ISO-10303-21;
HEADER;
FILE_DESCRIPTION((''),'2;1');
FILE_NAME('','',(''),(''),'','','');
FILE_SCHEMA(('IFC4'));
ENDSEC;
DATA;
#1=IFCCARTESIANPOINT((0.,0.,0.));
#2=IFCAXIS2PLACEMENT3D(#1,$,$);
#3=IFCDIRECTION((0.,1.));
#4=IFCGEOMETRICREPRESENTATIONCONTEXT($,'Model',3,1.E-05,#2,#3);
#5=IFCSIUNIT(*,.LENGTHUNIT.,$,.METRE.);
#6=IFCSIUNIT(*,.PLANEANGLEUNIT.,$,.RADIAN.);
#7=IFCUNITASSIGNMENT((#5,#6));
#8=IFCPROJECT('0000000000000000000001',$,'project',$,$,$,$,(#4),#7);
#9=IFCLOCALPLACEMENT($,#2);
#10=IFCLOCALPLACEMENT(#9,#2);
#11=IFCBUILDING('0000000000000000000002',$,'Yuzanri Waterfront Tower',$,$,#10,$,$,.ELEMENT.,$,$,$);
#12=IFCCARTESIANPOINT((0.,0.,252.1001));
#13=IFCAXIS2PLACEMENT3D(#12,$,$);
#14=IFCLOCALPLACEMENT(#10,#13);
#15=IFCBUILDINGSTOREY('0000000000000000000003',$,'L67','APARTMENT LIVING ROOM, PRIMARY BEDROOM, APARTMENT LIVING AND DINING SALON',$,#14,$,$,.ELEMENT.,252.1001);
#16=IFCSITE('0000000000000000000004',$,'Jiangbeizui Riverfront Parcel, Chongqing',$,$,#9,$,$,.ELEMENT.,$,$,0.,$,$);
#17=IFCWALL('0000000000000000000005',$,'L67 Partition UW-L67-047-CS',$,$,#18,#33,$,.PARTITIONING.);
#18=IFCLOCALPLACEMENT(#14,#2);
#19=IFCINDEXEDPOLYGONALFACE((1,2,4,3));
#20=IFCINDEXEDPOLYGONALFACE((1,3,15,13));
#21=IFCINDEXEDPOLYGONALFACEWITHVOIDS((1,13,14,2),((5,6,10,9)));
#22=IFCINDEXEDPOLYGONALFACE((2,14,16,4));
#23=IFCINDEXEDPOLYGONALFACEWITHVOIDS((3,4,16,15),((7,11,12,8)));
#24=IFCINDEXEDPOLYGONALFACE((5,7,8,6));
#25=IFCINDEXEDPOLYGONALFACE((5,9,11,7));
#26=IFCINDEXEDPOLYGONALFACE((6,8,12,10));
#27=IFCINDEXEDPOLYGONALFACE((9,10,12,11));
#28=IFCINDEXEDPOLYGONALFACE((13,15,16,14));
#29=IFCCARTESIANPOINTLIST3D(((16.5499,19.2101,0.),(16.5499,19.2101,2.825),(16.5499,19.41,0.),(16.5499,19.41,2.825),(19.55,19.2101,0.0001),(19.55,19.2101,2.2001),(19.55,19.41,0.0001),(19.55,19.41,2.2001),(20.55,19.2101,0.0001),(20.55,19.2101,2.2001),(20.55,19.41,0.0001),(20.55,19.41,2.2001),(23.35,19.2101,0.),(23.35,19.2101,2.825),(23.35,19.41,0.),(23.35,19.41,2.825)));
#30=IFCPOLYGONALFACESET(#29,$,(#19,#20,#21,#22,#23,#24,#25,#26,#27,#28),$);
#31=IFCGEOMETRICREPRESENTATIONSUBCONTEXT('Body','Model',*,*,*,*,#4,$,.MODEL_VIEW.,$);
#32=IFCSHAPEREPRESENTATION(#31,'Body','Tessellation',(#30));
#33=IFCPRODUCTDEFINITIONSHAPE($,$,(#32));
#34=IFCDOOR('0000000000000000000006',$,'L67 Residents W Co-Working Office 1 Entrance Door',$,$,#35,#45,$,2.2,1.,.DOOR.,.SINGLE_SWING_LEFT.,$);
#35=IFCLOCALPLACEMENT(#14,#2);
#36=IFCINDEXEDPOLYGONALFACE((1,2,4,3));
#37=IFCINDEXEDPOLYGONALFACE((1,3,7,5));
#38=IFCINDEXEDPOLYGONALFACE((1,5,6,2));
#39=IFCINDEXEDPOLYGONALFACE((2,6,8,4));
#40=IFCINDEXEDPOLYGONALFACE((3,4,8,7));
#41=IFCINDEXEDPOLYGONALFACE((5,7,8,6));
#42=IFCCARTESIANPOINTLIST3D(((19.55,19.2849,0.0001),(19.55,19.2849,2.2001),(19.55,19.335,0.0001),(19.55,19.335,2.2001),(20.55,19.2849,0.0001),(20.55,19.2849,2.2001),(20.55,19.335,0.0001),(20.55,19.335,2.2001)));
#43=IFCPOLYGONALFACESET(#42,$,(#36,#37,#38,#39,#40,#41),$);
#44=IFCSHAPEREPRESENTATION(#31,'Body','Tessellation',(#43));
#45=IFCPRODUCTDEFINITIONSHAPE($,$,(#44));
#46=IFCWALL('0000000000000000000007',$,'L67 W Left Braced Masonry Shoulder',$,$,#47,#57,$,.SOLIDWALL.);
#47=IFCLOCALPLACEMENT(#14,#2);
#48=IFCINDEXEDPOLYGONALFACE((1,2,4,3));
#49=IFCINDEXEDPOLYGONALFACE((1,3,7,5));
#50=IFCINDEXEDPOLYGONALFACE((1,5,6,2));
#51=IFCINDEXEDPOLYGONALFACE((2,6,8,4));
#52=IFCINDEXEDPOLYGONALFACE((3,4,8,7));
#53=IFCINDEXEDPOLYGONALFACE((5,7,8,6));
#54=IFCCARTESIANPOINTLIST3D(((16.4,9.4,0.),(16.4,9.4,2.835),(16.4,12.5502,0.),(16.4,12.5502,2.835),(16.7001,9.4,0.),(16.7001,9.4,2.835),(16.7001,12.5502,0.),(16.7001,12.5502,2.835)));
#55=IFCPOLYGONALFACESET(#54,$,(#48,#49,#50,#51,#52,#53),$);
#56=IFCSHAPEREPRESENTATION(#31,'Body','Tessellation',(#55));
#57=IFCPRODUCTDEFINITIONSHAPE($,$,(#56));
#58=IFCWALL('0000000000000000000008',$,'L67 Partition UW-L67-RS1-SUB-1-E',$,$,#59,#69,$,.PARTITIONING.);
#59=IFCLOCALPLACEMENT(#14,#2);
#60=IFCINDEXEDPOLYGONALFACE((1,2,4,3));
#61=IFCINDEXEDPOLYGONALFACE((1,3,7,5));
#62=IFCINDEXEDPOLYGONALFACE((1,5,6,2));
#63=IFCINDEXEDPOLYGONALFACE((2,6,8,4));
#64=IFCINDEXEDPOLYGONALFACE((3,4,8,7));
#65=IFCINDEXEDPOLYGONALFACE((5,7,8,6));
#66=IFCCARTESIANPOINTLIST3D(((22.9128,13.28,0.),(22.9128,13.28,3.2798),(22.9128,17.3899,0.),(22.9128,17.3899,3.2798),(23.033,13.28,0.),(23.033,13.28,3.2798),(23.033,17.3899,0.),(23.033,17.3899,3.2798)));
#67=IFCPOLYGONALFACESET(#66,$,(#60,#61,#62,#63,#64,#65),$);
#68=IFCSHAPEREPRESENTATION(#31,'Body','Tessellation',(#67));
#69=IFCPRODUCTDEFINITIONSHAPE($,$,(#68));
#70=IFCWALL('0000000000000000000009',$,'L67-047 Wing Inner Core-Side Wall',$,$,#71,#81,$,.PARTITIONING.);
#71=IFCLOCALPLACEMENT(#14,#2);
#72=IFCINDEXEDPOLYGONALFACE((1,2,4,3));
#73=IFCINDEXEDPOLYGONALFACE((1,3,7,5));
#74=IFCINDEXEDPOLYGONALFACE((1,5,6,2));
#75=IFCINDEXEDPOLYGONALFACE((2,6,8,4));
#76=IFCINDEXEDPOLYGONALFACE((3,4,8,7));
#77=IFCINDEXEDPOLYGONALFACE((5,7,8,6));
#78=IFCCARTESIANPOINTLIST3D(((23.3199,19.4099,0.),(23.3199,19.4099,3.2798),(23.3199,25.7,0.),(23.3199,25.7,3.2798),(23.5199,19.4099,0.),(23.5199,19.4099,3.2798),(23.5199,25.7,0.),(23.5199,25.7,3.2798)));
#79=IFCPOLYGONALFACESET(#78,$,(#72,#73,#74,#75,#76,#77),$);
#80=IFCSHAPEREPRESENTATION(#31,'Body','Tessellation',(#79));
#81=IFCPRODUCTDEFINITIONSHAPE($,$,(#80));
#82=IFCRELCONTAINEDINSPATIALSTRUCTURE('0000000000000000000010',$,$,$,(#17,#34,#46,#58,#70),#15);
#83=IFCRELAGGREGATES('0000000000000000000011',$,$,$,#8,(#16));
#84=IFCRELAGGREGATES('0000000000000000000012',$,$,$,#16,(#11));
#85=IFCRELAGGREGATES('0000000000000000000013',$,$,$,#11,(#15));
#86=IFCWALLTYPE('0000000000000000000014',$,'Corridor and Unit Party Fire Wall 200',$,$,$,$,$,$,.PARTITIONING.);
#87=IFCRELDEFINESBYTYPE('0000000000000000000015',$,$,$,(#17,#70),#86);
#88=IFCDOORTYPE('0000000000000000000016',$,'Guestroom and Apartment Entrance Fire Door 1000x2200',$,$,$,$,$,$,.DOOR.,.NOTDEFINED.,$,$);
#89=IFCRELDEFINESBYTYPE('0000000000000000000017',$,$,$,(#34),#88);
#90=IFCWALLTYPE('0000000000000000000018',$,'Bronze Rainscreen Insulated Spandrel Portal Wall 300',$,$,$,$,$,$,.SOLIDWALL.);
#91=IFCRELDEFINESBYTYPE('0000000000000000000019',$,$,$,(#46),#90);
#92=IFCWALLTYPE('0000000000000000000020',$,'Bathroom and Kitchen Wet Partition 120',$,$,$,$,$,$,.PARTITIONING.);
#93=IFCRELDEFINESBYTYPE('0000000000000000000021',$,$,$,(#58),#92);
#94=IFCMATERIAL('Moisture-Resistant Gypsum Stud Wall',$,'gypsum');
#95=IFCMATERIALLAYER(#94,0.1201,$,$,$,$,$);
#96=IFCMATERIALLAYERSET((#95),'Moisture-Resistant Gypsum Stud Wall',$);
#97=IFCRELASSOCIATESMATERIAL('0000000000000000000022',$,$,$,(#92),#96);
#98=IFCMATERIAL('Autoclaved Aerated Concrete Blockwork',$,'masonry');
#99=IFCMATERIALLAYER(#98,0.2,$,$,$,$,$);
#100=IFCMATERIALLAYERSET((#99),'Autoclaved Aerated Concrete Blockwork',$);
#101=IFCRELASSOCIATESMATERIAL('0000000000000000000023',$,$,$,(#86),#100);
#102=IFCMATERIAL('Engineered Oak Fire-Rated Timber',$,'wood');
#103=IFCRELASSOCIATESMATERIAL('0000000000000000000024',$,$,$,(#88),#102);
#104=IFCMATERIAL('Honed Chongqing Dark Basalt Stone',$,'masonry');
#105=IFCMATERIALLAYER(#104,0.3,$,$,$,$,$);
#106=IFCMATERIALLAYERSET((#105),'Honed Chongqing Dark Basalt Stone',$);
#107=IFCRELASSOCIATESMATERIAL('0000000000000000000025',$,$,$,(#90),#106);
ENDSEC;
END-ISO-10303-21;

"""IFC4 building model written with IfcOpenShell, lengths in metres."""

from ifc_helpers import new_model, si_unit, direction, frame, frame_2d, origin, place, context, subcontext, project, spatial, rectangle, extrude, source, transform, mapped, material, layer, layer_set, type_object, element, fill, save


model = new_model("IFC4")

# Units and contexts
model_context = context("Model", 3, precision=1e-05, world=origin(), true_north=direction((0.0, 1.0)))
body_context = subcontext(model_context, "Body", "Model", "MODEL_VIEW")
ifc_project = project(units=[si_unit("LENGTHUNIT", "METRE"), si_unit("PLANEANGLEUNIT", "RADIAN")], contexts=[model_context])

# Site, building, storey
site_placement = place(None, origin())
site = spatial("IfcSite", under=ifc_project, at=site_placement, Name="Jiangbeizui Riverfront Parcel, Chongqing", CompositionType="ELEMENT", RefElevation=0.0)
building_placement = place(site_placement, origin())
building = spatial("IfcBuilding", under=site, at=building_placement, Name="Yuzanri Waterfront Tower", CompositionType="ELEMENT")
storey_placement = place(building_placement, frame((0.0, 0.0, 252.1001)))
storey = spatial("IfcBuildingStorey", under=building, at=storey_placement, Name="L67", Description="APARTMENT LIVING ROOM, PRIMARY BEDROOM, APARTMENT LIVING AND DINING SALON", CompositionType="ELEMENT", Elevation=252.1001)

# Shared definitions
ifc_material_1 = material(Name="Moisture-Resistant Gypsum Stud Wall", Category="gypsum")
ifc_layer_1 = layer(ifc_material_1, 0.1201)
ifc_layer_set_1 = layer_set([ifc_layer_1], Name="Moisture-Resistant Gypsum Stud Wall")
wall_type_1 = type_object("IfcWallType", Name="Bathroom and Kitchen Wet Partition 120", PredefinedType="PARTITIONING", material=ifc_layer_set_1)

# Wall, opening, door
ifc_material_2 = material(Name="Autoclaved Aerated Concrete Blockwork", Category="masonry")
ifc_layer_2 = layer(ifc_material_2, 0.2)
ifc_layer_set_2 = layer_set([ifc_layer_2], Name="Autoclaved Aerated Concrete Blockwork")
wall_type_2 = type_object("IfcWallType", Name="Corridor and Unit Party Fire Wall 200", PredefinedType="PARTITIONING", material=ifc_layer_set_2)
ifc_material_3 = material(Name="Engineered Oak Fire-Rated Timber", Category="wood")
door_type_1 = type_object("IfcDoorType", Name="Guestroom and Apartment Entrance Fire Door 1000x2200", OperationType="NOTDEFINED", PredefinedType="DOOR", material=ifc_material_3)
shared_shape_1 = source(origin(), body_context, "Body", "SweptSolid", [
    extrude(rectangle(XDim=1.0, YDim=2.2, at=frame_2d((0.5, 1.1001))), frame((0.0, 0.0249, 0.0), z_axis=(0.0, -1.0, 0.0), x_axis=(1.0, 0.0, 0.0)), (0.0, 0.0, 1.0), 0.05),
])
wall_1_placement = place(storey_placement, frame((16.55, 19.3101, 0.0), z_axis=(0.0, 0.0, 1.0), x_axis=(1.0, 0.0, 0.0)))
wall_1 = element("IfcWall", 1, at=wall_1_placement, inside=storey, type_object=wall_type_2, Name="L67 Partition UW-L67-047-CS", PredefinedType="PARTITIONING", context=body_context, shape_type="SweptSolid", body=[
    extrude(rectangle(XDim=6.8, YDim=0.2, at=frame_2d((3.3999, 0.0))), origin(), (0.0, 0.0, 1.0), 2.825),
])
opening_1_placement = place(wall_1_placement, frame((3.0, 0.0, 0.0)))
opening_1 = element("IfcOpeningElement", 2, at=opening_1_placement, cuts=wall_1, PredefinedType="OPENING", context=body_context, shape_type="SweptSolid", body=[
    extrude(rectangle(XDim=1.0, YDim=2.2, at=frame_2d((0.5, 1.1001))), frame((0.0, 0.1147, 0.0), z_axis=(0.0, -1.0, 0.0), x_axis=(1.0, 0.0, 0.0)), (0.0, 0.0, 1.0), 0.2297),
])
door_1_placement = place(opening_1_placement, origin())
door_1 = element("IfcDoor", 3, at=door_1_placement, inside=storey, type_object=door_type_1, Name="L67 Residents W Co-Working Office 1 Entrance Door", OperationType="SINGLE_SWING_LEFT", OverallHeight=2.2, OverallWidth=1.0, PredefinedType="DOOR", context=body_context, shape_type="MappedRepresentation", body=[
    mapped(shared_shape_1, transform((0.0, 0.0, 0.0), scale=1.0)),
])
fill(opening_1, door_1)

# Walls
ifc_material_4 = material(Name="Honed Chongqing Dark Basalt Stone", Category="masonry")
ifc_layer_3 = layer(ifc_material_4, 0.3)
ifc_layer_set_3 = layer_set([ifc_layer_3], Name="Honed Chongqing Dark Basalt Stone")
wall_type_3 = type_object("IfcWallType", Name="Bronze Rainscreen Insulated Spandrel Portal Wall 300", PredefinedType="SOLIDWALL", material=ifc_layer_set_3)
shared_shape_2 = source(origin(), body_context, "Body", "SweptSolid", [
    extrude(rectangle(XDim=3.1501, YDim=0.3, at=frame_2d((1.5752, 0.0))), origin(), (0.0, 0.0, 1.0), 2.835),
])
wall_2_placement = place(storey_placement, frame((16.55, 9.3999, 0.0), z_axis=(0.0, 0.0, 1.0), x_axis=(0.0, 1.0, 0.0)))
element("IfcWall", 4, at=wall_2_placement, inside=storey, type_object=wall_type_3, Name="L67 W Left Braced Masonry Shoulder", PredefinedType="SOLIDWALL", context=body_context, shape_type="MappedRepresentation", body=[
    mapped(shared_shape_2, transform((0.0, 0.0, 0.0), scale=1.0)),
])
shared_shape_3 = source(origin(), body_context, "Body", "SweptSolid", [
    extrude(rectangle(XDim=4.1099, YDim=0.1201, at=frame_2d((2.0549, 0.0))), origin(), (0.0, 0.0, 1.0), 3.2798),
])
wall_3_placement = place(storey_placement, frame((22.9729, 13.28, 0.0), z_axis=(0.0, 0.0, 1.0), x_axis=(0.0, 1.0, 0.0)))
element("IfcWall", 5, at=wall_3_placement, inside=storey, type_object=wall_type_1, Name="L67 Partition UW-L67-RS1-SUB-1-E", PredefinedType="PARTITIONING", context=body_context, shape_type="MappedRepresentation", body=[
    mapped(shared_shape_3, transform((0.0, 0.0, 0.0), scale=1.0)),
])
shared_shape_4 = source(origin(), body_context, "Body", "SweptSolid", [
    extrude(rectangle(XDim=6.29, YDim=0.2, at=frame_2d((3.145, 0.0))), origin(), (0.0, 0.0, 1.0), 3.2798),
])
wall_4_placement = place(storey_placement, frame((23.4199, 19.4099, 0.0), z_axis=(0.0, 0.0, 1.0), x_axis=(0.0, 1.0, 0.0)))
element("IfcWall", 6, at=wall_4_placement, inside=storey, type_object=wall_type_2, Name="L67-047 Wing Inner Core-Side Wall", PredefinedType="PARTITIONING", context=body_context, shape_type="MappedRepresentation", body=[
    mapped(shared_shape_4, transform((0.0, 0.0, 0.0), scale=1.0)),
])

save(model, "model.ifc")
